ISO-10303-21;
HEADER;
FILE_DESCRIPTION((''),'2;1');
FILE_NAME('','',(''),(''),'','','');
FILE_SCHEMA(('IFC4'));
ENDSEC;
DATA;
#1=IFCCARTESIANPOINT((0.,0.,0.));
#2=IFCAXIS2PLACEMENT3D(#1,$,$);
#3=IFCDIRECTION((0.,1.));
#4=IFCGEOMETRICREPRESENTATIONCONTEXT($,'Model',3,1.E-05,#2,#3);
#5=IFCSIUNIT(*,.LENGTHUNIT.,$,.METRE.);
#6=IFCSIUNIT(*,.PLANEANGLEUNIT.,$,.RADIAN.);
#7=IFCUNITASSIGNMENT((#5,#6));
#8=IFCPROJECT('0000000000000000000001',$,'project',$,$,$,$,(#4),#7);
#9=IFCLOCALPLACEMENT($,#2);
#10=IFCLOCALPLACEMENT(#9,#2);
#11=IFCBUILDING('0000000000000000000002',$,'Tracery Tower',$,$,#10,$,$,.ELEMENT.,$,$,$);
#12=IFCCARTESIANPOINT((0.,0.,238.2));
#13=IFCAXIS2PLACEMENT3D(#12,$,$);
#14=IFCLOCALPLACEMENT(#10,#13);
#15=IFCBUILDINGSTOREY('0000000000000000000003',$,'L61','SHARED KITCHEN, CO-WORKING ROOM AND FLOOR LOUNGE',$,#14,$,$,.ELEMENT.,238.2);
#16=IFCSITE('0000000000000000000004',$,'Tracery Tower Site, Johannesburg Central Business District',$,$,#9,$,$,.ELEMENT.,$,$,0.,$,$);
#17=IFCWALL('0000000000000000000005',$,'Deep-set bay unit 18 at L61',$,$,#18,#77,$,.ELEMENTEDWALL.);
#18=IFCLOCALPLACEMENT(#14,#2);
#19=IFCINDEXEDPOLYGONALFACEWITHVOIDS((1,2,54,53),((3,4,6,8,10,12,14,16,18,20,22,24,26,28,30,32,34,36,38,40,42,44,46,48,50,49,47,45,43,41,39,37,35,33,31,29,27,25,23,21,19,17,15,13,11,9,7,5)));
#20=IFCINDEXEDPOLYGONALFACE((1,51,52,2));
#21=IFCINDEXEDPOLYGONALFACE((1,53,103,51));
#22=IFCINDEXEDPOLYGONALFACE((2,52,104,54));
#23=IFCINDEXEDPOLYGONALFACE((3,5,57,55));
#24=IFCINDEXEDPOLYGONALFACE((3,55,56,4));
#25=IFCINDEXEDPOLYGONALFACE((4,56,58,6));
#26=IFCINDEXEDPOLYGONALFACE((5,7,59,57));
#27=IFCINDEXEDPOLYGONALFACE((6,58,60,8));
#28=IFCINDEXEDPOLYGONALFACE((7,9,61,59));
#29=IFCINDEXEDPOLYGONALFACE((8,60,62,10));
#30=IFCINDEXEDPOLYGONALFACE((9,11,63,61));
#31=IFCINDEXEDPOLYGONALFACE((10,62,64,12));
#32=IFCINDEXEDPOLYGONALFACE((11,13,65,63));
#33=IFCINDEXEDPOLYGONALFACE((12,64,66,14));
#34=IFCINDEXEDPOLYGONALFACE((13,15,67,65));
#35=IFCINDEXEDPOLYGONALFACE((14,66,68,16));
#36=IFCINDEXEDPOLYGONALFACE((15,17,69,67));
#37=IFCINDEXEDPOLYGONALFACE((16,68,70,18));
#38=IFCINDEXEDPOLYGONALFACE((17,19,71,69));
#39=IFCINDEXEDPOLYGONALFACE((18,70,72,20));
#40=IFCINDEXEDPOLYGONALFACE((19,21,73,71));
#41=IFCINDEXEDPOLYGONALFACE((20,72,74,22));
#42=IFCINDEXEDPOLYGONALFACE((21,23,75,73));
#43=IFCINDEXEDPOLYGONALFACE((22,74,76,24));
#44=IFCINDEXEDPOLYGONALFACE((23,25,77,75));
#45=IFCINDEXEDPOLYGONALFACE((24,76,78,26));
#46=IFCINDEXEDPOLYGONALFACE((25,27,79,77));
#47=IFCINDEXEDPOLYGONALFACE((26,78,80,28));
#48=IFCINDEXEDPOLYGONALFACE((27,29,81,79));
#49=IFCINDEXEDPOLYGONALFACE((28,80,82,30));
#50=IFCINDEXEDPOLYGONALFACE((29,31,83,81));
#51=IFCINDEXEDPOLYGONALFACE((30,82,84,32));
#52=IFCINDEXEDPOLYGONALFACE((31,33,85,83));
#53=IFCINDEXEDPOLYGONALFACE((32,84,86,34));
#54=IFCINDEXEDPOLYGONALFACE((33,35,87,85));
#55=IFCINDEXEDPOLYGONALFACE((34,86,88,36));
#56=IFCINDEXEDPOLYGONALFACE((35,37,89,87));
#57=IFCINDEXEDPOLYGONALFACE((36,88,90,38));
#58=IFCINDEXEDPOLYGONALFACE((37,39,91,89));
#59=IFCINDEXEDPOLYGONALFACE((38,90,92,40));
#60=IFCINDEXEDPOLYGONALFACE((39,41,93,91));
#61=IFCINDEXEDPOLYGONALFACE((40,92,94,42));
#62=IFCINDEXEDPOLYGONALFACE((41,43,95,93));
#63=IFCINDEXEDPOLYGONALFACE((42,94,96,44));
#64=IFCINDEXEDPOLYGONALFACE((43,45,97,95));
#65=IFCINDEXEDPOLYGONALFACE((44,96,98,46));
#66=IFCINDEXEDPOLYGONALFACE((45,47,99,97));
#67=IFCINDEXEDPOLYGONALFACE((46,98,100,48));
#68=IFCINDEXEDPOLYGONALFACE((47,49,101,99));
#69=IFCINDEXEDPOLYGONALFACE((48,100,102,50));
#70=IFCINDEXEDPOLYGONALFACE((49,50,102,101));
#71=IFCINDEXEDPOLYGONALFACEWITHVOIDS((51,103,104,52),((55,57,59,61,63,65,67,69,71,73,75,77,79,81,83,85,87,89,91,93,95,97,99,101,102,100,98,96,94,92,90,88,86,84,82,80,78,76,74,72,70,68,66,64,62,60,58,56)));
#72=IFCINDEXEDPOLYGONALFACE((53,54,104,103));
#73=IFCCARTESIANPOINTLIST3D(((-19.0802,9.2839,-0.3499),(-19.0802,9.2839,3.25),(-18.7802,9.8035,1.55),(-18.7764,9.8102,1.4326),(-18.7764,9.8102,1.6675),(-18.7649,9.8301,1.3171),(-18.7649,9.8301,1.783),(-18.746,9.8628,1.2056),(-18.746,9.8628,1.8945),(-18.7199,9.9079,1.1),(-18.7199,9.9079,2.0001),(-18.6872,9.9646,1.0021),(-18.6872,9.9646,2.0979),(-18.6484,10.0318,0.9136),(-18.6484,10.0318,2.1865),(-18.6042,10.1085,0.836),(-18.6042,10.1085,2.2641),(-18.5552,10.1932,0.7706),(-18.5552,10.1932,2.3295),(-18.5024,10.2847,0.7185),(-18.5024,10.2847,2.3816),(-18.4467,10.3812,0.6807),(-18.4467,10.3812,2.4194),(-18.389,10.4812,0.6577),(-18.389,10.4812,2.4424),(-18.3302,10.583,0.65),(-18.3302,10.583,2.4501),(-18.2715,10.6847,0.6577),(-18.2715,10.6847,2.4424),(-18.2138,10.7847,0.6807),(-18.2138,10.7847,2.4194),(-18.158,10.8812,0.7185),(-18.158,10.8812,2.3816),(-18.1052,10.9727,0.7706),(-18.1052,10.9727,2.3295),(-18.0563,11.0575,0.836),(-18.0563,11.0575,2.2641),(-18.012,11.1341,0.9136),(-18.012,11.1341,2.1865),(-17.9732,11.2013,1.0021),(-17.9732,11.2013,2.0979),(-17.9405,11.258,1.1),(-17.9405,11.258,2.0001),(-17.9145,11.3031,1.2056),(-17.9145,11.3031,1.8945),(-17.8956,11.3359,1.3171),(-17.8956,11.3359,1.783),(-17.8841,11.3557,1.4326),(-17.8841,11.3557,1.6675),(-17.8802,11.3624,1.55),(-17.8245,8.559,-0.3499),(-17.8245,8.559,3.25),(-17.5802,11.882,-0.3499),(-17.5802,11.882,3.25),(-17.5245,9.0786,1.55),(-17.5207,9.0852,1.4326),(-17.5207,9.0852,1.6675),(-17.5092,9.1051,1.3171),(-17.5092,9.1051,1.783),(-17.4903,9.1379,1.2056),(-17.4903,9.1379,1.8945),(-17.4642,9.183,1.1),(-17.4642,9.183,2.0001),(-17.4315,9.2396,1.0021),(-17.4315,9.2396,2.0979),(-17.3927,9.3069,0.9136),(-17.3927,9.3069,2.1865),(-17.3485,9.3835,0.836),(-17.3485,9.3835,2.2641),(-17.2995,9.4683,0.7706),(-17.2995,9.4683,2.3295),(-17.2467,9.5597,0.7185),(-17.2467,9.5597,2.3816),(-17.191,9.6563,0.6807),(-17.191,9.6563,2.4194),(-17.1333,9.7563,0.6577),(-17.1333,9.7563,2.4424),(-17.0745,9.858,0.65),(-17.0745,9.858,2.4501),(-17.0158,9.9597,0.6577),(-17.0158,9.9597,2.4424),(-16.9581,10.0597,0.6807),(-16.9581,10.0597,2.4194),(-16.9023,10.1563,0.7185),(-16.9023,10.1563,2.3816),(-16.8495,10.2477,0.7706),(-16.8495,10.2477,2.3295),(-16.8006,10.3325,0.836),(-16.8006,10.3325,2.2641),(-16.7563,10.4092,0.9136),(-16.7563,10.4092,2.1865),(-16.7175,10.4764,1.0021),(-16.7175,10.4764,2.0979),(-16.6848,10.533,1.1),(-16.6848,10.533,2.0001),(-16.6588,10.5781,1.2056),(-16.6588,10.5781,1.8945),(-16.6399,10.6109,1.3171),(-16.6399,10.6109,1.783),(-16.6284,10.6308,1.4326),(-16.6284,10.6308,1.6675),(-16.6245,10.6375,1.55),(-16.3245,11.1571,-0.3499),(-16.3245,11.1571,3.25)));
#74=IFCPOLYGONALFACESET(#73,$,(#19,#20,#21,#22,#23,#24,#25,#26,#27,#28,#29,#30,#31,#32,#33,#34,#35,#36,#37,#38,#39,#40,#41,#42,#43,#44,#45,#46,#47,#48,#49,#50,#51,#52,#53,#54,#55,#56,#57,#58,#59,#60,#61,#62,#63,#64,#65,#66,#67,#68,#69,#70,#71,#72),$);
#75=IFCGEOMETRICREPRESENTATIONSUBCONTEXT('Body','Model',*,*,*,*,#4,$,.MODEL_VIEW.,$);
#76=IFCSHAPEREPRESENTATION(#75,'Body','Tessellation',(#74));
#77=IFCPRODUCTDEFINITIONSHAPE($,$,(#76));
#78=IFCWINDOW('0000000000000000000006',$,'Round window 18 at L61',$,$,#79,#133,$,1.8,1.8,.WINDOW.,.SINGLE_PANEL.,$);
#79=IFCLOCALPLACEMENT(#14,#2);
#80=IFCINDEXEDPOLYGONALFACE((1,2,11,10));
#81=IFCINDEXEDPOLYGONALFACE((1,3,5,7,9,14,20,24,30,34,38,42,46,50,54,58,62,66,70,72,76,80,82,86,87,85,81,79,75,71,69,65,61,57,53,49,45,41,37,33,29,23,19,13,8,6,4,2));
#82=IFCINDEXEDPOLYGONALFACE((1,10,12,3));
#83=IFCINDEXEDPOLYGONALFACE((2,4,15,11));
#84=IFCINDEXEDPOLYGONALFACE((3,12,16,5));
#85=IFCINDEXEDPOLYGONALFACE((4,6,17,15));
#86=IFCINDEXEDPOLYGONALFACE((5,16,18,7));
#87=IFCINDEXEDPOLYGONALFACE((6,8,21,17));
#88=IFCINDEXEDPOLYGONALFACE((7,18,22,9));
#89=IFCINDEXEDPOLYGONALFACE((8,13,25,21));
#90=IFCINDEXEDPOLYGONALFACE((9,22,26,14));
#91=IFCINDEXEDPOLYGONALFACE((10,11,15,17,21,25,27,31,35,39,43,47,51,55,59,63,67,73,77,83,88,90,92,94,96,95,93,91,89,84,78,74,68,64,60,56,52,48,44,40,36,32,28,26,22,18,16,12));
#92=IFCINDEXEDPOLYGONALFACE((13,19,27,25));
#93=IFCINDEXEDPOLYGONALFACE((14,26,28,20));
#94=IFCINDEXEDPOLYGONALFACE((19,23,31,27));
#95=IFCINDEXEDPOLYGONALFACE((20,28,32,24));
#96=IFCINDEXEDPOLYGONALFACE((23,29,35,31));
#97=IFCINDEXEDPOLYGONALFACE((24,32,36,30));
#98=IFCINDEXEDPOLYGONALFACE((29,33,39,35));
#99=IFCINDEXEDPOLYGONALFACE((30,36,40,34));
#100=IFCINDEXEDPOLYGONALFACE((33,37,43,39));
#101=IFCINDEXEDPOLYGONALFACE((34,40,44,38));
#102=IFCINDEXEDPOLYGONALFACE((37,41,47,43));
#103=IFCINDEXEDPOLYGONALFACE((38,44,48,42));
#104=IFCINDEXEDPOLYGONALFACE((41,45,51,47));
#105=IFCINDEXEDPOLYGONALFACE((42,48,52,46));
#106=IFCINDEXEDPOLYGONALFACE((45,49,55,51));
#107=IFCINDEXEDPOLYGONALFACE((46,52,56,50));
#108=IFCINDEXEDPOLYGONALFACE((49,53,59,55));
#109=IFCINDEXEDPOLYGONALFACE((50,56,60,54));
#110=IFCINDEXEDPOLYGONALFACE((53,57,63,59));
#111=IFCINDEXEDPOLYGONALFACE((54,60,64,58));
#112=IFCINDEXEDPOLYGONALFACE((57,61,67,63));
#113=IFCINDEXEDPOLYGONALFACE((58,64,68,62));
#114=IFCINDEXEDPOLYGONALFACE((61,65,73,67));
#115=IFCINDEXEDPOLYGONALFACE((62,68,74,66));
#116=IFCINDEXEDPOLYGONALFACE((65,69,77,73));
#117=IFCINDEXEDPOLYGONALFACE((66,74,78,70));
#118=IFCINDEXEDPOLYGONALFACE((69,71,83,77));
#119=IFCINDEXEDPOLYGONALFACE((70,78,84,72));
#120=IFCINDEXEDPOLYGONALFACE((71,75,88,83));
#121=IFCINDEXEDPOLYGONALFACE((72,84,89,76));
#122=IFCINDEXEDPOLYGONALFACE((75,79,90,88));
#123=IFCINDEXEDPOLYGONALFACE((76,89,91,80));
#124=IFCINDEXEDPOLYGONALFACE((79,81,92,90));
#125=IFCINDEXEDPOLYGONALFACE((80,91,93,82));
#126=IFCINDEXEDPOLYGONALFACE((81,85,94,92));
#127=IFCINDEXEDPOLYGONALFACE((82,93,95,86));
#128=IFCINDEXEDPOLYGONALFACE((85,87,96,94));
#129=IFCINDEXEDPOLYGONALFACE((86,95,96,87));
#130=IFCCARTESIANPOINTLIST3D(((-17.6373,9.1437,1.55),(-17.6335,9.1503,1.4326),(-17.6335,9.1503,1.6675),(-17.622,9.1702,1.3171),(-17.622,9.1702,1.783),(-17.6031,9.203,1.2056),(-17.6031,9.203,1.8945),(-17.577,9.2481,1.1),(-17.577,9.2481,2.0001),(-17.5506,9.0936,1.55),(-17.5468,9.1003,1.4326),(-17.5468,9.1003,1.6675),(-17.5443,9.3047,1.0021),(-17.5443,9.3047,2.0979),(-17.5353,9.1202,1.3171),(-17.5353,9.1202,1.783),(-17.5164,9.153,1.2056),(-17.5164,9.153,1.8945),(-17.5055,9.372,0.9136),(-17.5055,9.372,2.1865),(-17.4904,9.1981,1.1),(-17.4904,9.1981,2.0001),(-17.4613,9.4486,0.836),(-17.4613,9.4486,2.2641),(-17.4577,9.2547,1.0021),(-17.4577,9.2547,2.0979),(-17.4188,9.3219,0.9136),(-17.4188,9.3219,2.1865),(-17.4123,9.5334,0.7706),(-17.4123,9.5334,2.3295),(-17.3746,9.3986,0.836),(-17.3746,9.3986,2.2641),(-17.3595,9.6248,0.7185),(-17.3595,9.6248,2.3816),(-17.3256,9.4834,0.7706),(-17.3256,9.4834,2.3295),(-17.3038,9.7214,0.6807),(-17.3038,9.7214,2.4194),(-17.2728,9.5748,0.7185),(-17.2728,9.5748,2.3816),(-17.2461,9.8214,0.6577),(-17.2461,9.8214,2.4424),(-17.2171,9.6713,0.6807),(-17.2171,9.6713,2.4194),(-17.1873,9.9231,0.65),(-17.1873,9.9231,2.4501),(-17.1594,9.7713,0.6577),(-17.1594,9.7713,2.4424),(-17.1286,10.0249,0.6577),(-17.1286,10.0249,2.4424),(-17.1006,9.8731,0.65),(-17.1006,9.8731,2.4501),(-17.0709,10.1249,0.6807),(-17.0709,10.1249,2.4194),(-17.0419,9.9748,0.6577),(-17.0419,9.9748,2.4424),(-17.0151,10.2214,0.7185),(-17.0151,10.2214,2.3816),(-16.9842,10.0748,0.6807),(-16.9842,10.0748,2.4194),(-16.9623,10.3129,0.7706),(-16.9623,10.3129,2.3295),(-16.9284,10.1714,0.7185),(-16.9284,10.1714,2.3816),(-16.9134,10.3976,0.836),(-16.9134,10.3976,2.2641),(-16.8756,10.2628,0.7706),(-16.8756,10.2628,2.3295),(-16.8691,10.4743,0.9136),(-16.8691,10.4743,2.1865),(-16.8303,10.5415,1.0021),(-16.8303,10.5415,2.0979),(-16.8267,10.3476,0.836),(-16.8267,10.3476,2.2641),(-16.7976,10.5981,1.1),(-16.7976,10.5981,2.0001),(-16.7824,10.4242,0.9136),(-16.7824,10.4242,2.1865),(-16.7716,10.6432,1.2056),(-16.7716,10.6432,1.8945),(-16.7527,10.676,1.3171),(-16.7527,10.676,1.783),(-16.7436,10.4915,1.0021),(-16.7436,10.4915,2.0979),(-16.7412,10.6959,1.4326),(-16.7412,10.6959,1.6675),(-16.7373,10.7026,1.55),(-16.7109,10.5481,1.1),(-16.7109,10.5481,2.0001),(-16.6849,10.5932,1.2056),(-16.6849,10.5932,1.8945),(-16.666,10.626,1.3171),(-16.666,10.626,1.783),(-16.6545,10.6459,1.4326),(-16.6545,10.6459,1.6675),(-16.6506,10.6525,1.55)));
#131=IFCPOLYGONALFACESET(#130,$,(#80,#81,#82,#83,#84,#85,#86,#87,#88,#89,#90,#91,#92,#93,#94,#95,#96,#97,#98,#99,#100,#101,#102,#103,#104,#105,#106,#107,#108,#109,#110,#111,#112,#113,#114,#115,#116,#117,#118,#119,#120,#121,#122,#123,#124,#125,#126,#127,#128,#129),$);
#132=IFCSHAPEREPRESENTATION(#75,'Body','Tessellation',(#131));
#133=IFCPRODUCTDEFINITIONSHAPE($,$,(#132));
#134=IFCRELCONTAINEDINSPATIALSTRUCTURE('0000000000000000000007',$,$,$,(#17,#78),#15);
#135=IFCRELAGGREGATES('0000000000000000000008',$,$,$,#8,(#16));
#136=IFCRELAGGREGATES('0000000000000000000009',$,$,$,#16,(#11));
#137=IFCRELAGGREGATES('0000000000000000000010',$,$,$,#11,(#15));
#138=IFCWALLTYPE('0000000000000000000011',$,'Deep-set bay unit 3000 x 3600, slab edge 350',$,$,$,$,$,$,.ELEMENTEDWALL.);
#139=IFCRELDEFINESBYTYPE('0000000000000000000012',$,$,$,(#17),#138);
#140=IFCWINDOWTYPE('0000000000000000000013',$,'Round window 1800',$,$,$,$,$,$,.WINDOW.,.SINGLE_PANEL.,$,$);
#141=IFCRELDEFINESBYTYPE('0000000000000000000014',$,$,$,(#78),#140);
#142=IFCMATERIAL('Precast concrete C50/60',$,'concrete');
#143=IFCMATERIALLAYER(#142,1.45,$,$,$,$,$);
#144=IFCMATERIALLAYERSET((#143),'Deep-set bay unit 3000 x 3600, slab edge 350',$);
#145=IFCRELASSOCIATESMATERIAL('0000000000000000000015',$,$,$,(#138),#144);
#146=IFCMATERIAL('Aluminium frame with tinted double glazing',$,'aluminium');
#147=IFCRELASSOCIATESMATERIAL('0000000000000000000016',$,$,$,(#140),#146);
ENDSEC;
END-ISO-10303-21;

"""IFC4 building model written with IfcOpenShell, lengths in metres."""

from ifc_helpers import new_model, si_unit, direction, frame, frame_2d, origin, origin_2d, place, context, subcontext, project, spatial, rectangle, circle, extrude, material, layer, layer_set, type_object, element, fill, save


model = new_model("IFC4")

# Units and contexts
model_context = context("Model", 3, precision=1e-05, world=origin(), true_north=direction((0.0, 1.0)))
body_context = subcontext(model_context, "Body", "Model", "MODEL_VIEW")
ifc_project = project(units=[si_unit("LENGTHUNIT", "METRE"), si_unit("PLANEANGLEUNIT", "RADIAN")], contexts=[model_context])

# Site, building, storey
site_placement = place(None, origin())
site = spatial("IfcSite", under=ifc_project, at=site_placement, Name="Tracery Tower Site, Johannesburg Central Business District", CompositionType="ELEMENT", RefElevation=0.0)
building_placement = place(site_placement, origin())
building = spatial("IfcBuilding", under=site, at=building_placement, Name="Tracery Tower", CompositionType="ELEMENT")
storey_placement = place(building_placement, frame((0.0, 0.0, 238.2)))
storey = spatial("IfcBuildingStorey", under=building, at=storey_placement, Name="L61", Description="SHARED KITCHEN, CO-WORKING ROOM AND FLOOR LOUNGE", CompositionType="ELEMENT", Elevation=238.2)

# Wall, opening, window
ifc_material_1 = material(Name="Precast concrete C50/60", Category="concrete")
ifc_layer_1 = layer(ifc_material_1, 1.45)
ifc_layer_set_1 = layer_set([ifc_layer_1], Name="Deep-set bay unit 3000 x 3600, slab edge 350")
wall_type_1 = type_object("IfcWallType", Name="Deep-set bay unit 3000 x 3600, slab edge 350", PredefinedType="ELEMENTEDWALL", material=ifc_layer_set_1)
ifc_material_2 = material(Name="Aluminium frame with tinted double glazing", Category="aluminium")
window_type = type_object("IfcWindowType", Name="Round window 1800", PartitioningType="SINGLE_PANEL", PredefinedType="WINDOW", material=ifc_material_2)
wall_1_placement = place(storey_placement, frame((-16.9524, 11.5195, -0.3499), z_axis=(0.0, 0.0, 1.0), x_axis=(-0.49999, -0.866031, 0.0)))
wall_1 = element("IfcWall", 1, at=wall_1_placement, inside=storey, type_object=wall_type_1, Name="Deep-set bay unit 18 at L61", PredefinedType="ELEMENTEDWALL", context=body_context, shape_type="SweptSolid", body=[
    extrude(rectangle(XDim=3.0, YDim=1.45, at=frame_2d((1.5, 0.0))), origin(), (0.0, 0.0, 1.0), 3.5999),
])
opening_1_placement = place(wall_1_placement, frame((1.5, 0.0, 1.8999)))
opening_1 = element("IfcOpeningElement", 2, at=opening_1_placement, cuts=wall_1, PredefinedType="OPENING", context=body_context, shape_type="SweptSolid", body=[
    extrude(circle(Radius=0.9, at=origin_2d()), frame((0.0, 0.7349, 0.0), z_axis=(0.0, -1.0, 0.0), x_axis=(1.0, 0.0, 0.0)), (0.0, 0.0, 1.0), 1.47),
])
window_1_placement = place(opening_1_placement, origin())
window_1 = element("IfcWindow", 3, at=window_1_placement, inside=storey, type_object=window_type, Name="Round window 18 at L61", OverallHeight=1.8, OverallWidth=1.8, PartitioningType="SINGLE_PANEL", PredefinedType="WINDOW", context=body_context, shape_type="SweptSolid", body=[
    extrude(circle(Radius=0.9, at=origin_2d()), frame((0.0, 0.6948, 0.0), z_axis=(0.0, -1.0, 0.0), x_axis=(1.0, 0.0, 0.0)), (0.0, 0.0, 1.0), 0.1001),
])
fill(opening_1, window_1)

save(model, "model.ifc")
